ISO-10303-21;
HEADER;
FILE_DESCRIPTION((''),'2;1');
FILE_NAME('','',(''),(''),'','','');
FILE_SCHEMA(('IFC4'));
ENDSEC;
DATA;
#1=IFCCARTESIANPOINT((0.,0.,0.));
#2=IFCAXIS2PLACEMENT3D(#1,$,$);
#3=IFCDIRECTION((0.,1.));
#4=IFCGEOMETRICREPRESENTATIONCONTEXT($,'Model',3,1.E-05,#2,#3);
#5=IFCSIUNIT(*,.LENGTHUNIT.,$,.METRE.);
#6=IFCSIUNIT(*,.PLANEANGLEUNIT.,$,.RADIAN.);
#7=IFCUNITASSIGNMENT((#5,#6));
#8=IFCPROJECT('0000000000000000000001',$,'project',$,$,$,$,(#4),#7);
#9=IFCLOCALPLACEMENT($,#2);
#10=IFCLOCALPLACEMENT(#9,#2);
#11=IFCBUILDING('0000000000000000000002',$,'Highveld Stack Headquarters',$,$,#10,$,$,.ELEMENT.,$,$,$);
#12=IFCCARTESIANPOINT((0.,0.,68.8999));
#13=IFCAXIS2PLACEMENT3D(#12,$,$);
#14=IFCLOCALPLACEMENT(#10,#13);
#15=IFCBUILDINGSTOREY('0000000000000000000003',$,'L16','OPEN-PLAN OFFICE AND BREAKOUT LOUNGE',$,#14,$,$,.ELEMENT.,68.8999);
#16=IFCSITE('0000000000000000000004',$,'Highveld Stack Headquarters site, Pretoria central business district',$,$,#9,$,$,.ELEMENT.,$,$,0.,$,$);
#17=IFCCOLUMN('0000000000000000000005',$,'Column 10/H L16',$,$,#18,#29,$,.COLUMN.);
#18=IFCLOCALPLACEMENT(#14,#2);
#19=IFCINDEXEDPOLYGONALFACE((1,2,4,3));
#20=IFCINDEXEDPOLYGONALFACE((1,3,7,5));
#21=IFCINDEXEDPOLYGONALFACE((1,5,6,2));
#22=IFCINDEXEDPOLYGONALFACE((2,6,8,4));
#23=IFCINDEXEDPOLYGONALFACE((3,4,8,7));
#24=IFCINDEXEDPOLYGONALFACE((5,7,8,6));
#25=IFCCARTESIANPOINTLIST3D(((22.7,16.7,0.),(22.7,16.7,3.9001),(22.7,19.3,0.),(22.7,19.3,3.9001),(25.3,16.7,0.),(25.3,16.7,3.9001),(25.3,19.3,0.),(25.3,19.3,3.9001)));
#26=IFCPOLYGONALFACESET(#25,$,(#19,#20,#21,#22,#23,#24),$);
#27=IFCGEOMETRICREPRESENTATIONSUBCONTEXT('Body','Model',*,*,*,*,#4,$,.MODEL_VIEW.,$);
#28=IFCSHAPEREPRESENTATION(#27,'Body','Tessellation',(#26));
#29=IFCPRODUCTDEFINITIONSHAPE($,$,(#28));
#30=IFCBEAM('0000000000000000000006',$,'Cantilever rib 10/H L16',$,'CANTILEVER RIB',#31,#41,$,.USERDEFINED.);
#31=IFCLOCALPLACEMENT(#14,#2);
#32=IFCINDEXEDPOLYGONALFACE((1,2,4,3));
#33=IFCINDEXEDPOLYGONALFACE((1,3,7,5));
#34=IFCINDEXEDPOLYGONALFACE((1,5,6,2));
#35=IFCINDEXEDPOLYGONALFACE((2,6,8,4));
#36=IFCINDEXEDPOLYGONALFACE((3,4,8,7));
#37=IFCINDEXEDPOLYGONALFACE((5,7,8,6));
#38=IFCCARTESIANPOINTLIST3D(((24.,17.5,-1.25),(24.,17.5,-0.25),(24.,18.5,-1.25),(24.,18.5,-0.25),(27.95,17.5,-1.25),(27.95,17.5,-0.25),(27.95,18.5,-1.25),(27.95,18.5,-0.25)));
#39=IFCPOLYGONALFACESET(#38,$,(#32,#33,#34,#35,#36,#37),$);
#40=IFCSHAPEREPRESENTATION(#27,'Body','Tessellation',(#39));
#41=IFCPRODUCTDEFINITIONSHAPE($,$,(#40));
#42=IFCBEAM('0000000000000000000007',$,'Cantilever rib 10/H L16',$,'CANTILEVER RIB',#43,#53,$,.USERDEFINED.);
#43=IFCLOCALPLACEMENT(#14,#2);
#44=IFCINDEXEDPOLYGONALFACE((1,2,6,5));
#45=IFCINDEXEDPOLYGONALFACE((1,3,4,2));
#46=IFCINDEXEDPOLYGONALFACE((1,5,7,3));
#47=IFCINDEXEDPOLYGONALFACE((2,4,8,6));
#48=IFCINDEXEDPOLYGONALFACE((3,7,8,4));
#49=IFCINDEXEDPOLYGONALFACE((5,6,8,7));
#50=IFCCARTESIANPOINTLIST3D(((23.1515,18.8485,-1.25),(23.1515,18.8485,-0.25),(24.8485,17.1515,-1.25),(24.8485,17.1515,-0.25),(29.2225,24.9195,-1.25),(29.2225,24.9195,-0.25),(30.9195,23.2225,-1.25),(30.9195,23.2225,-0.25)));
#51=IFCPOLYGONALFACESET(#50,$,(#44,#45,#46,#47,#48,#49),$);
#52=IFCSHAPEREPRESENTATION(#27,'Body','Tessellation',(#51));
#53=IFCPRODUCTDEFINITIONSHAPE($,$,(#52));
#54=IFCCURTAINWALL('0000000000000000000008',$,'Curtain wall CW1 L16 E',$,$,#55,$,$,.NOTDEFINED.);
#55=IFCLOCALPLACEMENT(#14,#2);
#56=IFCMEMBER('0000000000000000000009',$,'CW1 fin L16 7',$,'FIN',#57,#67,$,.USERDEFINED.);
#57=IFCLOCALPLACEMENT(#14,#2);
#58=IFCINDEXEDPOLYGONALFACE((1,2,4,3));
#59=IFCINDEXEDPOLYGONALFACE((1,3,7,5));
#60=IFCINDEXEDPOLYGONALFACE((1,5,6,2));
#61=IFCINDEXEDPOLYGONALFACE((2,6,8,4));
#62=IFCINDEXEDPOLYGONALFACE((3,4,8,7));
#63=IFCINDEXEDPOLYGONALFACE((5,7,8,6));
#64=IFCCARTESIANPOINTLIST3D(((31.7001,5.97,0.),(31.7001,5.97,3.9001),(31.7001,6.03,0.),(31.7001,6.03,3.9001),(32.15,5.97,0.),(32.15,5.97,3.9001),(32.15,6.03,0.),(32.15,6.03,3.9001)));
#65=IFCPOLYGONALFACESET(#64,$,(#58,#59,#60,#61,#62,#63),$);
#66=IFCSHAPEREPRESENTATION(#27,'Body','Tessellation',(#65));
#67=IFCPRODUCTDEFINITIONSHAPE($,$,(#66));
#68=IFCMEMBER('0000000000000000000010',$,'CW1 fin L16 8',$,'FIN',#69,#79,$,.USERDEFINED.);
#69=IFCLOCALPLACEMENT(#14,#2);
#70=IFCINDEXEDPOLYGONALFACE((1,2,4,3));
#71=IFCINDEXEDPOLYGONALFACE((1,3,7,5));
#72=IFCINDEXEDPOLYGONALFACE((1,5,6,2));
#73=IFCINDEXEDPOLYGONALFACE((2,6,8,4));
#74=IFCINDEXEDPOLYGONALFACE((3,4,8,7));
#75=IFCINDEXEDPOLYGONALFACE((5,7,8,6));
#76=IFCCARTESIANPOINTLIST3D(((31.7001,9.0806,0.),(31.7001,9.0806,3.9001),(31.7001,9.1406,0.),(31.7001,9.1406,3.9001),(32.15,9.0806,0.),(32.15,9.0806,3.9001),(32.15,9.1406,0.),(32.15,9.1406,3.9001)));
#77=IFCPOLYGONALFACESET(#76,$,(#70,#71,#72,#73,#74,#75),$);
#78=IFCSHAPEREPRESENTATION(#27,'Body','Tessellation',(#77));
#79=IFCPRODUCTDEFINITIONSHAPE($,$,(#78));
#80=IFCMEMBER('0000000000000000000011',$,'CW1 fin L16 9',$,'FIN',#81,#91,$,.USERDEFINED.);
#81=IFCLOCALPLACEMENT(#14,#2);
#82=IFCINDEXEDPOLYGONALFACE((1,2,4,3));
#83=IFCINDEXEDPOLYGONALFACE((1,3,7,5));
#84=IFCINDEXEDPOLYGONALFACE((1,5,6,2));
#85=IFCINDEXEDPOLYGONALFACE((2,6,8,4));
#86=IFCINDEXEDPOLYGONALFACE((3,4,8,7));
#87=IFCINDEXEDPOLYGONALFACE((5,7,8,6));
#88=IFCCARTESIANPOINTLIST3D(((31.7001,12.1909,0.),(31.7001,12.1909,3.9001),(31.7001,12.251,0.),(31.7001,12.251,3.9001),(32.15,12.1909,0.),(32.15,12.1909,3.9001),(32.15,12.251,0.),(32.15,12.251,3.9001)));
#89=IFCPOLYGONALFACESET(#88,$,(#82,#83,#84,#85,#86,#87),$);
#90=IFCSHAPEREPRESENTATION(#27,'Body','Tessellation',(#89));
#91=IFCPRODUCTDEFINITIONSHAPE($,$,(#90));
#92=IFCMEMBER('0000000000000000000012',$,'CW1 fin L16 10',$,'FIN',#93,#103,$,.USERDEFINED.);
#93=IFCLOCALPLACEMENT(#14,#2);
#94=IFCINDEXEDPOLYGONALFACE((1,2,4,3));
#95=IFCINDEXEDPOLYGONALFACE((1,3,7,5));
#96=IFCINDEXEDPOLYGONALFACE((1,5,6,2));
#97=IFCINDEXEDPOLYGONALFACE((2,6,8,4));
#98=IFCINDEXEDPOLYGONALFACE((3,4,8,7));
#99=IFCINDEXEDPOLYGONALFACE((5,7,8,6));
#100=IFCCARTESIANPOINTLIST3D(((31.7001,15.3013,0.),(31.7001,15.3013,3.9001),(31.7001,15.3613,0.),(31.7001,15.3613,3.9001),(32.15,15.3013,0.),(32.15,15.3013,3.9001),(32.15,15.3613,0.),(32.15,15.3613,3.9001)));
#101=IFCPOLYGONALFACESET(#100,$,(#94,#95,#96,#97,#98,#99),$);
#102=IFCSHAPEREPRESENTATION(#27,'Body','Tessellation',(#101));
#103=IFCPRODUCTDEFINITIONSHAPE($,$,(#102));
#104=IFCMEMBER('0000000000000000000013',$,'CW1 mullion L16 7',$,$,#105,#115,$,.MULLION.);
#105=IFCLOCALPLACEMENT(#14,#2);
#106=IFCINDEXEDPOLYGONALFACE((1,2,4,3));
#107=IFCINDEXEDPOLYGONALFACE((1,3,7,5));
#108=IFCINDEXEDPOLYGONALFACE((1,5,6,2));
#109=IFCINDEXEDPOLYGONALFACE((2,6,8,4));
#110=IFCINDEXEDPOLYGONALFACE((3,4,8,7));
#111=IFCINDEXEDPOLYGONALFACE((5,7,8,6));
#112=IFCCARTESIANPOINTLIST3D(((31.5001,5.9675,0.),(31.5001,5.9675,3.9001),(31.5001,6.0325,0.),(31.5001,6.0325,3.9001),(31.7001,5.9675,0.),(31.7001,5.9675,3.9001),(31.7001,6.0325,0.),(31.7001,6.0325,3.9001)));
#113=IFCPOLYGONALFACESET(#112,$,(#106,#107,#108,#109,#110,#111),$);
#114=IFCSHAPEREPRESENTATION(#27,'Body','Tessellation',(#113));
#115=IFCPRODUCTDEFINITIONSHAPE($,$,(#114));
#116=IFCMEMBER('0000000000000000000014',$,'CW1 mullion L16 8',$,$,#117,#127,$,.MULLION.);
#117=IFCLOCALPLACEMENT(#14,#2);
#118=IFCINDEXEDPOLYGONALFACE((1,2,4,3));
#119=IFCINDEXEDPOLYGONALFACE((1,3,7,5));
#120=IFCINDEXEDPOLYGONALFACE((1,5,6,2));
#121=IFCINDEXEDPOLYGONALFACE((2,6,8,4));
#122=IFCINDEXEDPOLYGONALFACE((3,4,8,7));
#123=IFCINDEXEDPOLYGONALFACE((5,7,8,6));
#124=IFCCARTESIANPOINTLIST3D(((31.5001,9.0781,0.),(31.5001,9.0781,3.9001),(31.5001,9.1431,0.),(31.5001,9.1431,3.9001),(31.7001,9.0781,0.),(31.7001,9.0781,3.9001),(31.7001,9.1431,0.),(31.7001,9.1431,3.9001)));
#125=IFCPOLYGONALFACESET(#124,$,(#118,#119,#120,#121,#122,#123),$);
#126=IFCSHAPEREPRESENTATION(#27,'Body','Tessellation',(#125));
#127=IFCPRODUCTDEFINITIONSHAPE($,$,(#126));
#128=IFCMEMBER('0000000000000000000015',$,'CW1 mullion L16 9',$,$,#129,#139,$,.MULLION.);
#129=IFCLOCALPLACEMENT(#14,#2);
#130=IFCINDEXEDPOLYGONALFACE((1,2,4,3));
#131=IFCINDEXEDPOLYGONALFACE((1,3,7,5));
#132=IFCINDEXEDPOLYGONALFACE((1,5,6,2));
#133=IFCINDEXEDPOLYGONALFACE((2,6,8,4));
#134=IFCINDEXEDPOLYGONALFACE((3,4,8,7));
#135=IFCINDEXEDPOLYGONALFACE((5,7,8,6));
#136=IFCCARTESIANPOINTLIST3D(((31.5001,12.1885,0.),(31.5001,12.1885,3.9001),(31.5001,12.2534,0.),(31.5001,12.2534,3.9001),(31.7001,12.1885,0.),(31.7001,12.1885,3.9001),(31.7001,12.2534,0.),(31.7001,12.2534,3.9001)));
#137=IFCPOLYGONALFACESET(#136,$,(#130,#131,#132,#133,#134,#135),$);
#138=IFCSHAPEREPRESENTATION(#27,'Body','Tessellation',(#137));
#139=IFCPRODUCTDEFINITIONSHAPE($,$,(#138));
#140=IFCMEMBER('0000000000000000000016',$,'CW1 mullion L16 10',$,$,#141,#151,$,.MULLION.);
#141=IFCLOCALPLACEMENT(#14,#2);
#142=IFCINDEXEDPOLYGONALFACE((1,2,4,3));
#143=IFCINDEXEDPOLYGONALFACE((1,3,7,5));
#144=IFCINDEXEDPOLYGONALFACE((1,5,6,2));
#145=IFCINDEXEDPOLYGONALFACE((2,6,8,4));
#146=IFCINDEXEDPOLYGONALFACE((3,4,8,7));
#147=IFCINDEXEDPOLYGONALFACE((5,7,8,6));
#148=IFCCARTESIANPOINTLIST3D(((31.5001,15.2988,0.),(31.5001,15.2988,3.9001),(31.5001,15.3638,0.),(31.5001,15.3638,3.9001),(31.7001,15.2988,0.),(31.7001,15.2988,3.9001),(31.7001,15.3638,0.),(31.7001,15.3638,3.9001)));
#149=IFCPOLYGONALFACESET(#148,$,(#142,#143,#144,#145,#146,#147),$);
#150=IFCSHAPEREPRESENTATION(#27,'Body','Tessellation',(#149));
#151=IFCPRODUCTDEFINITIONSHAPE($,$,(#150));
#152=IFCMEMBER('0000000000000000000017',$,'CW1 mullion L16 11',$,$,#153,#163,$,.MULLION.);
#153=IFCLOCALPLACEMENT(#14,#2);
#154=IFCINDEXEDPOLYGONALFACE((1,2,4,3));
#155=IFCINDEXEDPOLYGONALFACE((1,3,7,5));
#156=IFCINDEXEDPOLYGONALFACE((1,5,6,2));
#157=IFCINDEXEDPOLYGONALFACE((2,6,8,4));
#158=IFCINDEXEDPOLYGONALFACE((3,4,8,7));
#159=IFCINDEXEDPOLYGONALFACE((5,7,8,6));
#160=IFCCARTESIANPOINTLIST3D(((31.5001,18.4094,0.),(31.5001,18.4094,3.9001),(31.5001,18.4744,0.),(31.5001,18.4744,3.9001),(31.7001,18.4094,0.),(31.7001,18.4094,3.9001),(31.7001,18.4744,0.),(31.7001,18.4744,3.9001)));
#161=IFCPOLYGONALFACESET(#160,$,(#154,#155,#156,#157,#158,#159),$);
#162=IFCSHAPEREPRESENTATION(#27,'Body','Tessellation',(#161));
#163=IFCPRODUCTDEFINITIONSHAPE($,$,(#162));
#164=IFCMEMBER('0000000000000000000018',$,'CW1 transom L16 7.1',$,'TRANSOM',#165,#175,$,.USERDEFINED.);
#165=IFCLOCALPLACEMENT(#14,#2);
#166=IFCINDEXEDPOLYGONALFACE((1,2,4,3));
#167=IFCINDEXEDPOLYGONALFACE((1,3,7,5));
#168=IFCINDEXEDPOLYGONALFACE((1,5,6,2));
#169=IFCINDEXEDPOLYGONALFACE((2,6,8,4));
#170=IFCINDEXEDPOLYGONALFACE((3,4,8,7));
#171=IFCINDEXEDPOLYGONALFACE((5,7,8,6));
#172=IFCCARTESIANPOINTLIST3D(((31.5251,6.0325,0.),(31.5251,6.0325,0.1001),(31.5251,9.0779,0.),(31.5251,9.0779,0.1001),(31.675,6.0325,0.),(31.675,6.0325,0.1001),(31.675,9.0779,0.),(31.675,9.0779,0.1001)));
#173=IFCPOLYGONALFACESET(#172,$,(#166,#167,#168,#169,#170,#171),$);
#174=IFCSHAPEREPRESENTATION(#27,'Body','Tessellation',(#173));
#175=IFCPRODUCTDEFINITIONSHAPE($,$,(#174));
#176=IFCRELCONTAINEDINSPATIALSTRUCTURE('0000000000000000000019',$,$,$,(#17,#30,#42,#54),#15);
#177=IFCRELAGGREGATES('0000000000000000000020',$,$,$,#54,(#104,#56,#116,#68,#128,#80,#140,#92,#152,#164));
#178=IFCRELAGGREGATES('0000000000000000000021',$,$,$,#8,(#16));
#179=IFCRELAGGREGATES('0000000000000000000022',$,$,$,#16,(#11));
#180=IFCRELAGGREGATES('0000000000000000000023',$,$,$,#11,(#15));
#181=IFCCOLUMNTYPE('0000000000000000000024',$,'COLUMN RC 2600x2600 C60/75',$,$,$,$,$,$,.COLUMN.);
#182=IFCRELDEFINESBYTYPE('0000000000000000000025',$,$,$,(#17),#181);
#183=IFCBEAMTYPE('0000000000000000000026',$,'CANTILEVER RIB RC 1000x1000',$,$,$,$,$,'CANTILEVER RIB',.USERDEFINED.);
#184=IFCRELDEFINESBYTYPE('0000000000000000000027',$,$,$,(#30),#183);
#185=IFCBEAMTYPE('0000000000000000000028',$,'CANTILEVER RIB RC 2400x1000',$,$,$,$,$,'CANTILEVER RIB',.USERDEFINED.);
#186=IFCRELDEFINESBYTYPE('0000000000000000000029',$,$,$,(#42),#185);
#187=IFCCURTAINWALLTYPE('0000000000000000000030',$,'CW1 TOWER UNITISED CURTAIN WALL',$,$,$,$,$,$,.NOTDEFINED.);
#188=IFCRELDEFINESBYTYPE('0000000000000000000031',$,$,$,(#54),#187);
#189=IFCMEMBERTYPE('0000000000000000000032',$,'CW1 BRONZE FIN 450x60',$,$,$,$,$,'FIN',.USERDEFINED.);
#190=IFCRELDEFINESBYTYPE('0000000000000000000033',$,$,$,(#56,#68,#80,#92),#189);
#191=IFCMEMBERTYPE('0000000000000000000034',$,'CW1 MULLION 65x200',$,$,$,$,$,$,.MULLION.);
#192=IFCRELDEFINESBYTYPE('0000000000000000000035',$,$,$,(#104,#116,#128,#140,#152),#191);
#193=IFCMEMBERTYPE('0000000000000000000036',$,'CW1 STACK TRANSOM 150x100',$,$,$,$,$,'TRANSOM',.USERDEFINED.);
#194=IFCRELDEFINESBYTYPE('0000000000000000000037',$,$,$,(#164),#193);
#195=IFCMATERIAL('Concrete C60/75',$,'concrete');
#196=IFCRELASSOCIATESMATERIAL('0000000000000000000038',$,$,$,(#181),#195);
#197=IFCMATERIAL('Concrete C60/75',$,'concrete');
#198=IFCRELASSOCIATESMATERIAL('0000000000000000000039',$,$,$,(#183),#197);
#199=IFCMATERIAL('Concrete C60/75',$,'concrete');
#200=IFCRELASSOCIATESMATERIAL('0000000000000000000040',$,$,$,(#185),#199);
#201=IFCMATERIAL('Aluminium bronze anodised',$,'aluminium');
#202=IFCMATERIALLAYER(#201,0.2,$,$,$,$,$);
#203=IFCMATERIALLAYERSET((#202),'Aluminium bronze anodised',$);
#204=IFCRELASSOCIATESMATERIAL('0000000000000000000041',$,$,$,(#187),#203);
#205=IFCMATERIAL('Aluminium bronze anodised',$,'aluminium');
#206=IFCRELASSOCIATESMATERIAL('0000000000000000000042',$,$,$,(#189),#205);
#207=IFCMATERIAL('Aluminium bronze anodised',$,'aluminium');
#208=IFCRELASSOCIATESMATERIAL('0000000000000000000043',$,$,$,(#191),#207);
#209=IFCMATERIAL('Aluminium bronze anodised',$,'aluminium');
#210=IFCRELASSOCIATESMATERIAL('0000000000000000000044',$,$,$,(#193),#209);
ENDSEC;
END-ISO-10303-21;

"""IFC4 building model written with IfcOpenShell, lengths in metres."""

from ifc_helpers import new_model, si_unit, direction, frame, origin, origin_2d, place, context, subcontext, project, spatial, rectangle, extrude, material, layer, layer_set, material_profile, profile_set, type_object, element, aggregate, save


model = new_model("IFC4")

# Units and contexts
model_context = context("Model", 3, precision=1e-05, world=origin(), true_north=direction((0.0, 1.0)))
body_context = subcontext(model_context, "Body", "Model", "MODEL_VIEW")
ifc_project = project(units=[si_unit("LENGTHUNIT", "METRE"), si_unit("PLANEANGLEUNIT", "RADIAN")], contexts=[model_context])

# Site, building, storey
site_placement = place(None, origin())
site = spatial("IfcSite", under=ifc_project, at=site_placement, Name="Highveld Stack Headquarters site, Pretoria central business district", CompositionType="ELEMENT", RefElevation=0.0)
building_placement = place(site_placement, origin())
building = spatial("IfcBuilding", under=site, at=building_placement, Name="Highveld Stack Headquarters", CompositionType="ELEMENT")
storey_placement = place(building_placement, frame((0.0, 0.0, 68.8999)))
storey = spatial("IfcBuildingStorey", under=building, at=storey_placement, Name="L16", Description="OPEN-PLAN OFFICE AND BREAKOUT LOUNGE", CompositionType="ELEMENT", Elevation=68.8999)

# Column
ifc_material_1 = material(Name="Concrete C60/75", Category="concrete")
ifc_material_profile_1 = material_profile(ifc_material_1, rectangle(XDim=2.6001, YDim=2.6001, at=origin_2d()), Name="RC 2600x2600")
ifc_profile_set_1 = profile_set([ifc_material_profile_1], Name="Concrete C60/75")
column_type = type_object("IfcColumnType", Name="COLUMN RC 2600x2600 C60/75", PredefinedType="COLUMN", material=ifc_profile_set_1)
column_placement = place(storey_placement, frame((24.0, 18.0, 0.0), z_axis=(0.0, 0.0, 1.0), x_axis=(1.0, 0.0, 0.0)))
element("IfcColumn", 1, at=column_placement, inside=storey, type_object=column_type, Name="Column 10/H L16", PredefinedType="COLUMN", context=body_context, shape_type="SweptSolid", body=[
    extrude(rectangle(XDim=2.6001, YDim=2.6001, at=origin_2d()), origin(), (0.0, 0.0, 1.0), 3.9001),
])

# Beams
ifc_material_2 = material(Name="Concrete C60/75", Category="concrete")
ifc_material_profile_2 = material_profile(ifc_material_2, rectangle(XDim=1.0, YDim=1.0, at=origin_2d()), Name="RC 1000x1000")
ifc_profile_set_2 = profile_set([ifc_material_profile_2], Name="Concrete C60/75")
beam_type_1 = type_object("IfcBeamType", Name="CANTILEVER RIB RC 1000x1000", ElementType="CANTILEVER RIB", PredefinedType="USERDEFINED", material=ifc_profile_set_2)
beam_1_placement = place(storey_placement, frame((24.0, 18.0, -0.75), z_axis=(1.0, 0.0, 0.0), x_axis=(0.0, 1.0, 0.0)))
element("IfcBeam", 2, at=beam_1_placement, inside=storey, type_object=beam_type_1, Name="Cantilever rib 10/H L16", ObjectType="CANTILEVER RIB", PredefinedType="USERDEFINED", context=body_context, shape_type="SweptSolid", body=[
    extrude(rectangle(XDim=1.0, YDim=1.0, at=origin_2d()), origin(), (0.0, 0.0, 1.0), 3.95),
])
ifc_material_3 = material(Name="Concrete C60/75", Category="concrete")
ifc_material_profile_3 = material_profile(ifc_material_3, rectangle(XDim=2.3999, YDim=1.0, at=origin_2d()), Name="RC 2400x1000")
ifc_profile_set_3 = profile_set([ifc_material_profile_3], Name="Concrete C60/75")
beam_type_2 = type_object("IfcBeamType", Name="CANTILEVER RIB RC 2400x1000", ElementType="CANTILEVER RIB", PredefinedType="USERDEFINED", material=ifc_profile_set_3)
beam_2_placement = place(storey_placement, frame((24.0, 18.0, -0.75), z_axis=(0.707107, 0.707107, 0.0), x_axis=(-0.707107, 0.707107, 0.0)))
element("IfcBeam", 3, at=beam_2_placement, inside=storey, type_object=beam_type_2, Name="Cantilever rib 10/H L16", ObjectType="CANTILEVER RIB", PredefinedType="USERDEFINED", context=body_context, shape_type="SweptSolid", body=[
    extrude(rectangle(XDim=2.3999, YDim=1.0, at=origin_2d()), origin(), (0.0, 0.0, 1.0), 8.5857),
])

# Curtain wall, members
ifc_material_4 = material(Name="Aluminium bronze anodised", Category="aluminium")
ifc_layer_1 = layer(ifc_material_4, 0.2)
ifc_layer_set_1 = layer_set([ifc_layer_1], Name="Aluminium bronze anodised")
curtain_wall_type = type_object("IfcCurtainWallType", Name="CW1 TOWER UNITISED CURTAIN WALL", PredefinedType="NOTDEFINED", material=ifc_layer_set_1)
curtain_wall_placement = place(storey_placement, origin())
curtain_wall = element("IfcCurtainWall", 4, at=curtain_wall_placement, inside=storey, type_object=curtain_wall_type, Name="Curtain wall CW1 L16 E", PredefinedType="NOTDEFINED")
ifc_material_5 = material(Name="Aluminium bronze anodised", Category="aluminium")
ifc_material_profile_4 = material_profile(ifc_material_5, rectangle(XDim=0.45, YDim=0.0601, at=origin_2d()), Name="FIN 450x60")
ifc_profile_set_4 = profile_set([ifc_material_profile_4], Name="Aluminium bronze anodised")
member_type_1 = type_object("IfcMemberType", Name="CW1 BRONZE FIN 450x60", ElementType="FIN", PredefinedType="USERDEFINED", material=ifc_profile_set_4)
member_1_placement = place(storey_placement, frame((31.925, 6.0, 0.0), z_axis=(0.0, 0.0, 1.0), x_axis=(-1.0, 0.0, 0.0)))
member_1 = element("IfcMember", 5, at=member_1_placement, type_object=member_type_1, Name="CW1 fin L16 7", ObjectType="FIN", PredefinedType="USERDEFINED", context=body_context, shape_type="SweptSolid", body=[
    extrude(rectangle(XDim=0.45, YDim=0.0601, at=origin_2d()), origin(), (0.0, 0.0, 1.0), 3.9001),
])
member_2_placement = place(storey_placement, frame((31.925, 9.1106, 0.0), z_axis=(0.0, 0.0, 1.0), x_axis=(-1.0, 0.0, 0.0)))
member_2 = element("IfcMember", 6, at=member_2_placement, type_object=member_type_1, Name="CW1 fin L16 8", ObjectType="FIN", PredefinedType="USERDEFINED", context=body_context, shape_type="SweptSolid", body=[
    extrude(rectangle(XDim=0.45, YDim=0.0601, at=origin_2d()), origin(), (0.0, 0.0, 1.0), 3.9001),
])
member_3_placement = place(storey_placement, frame((31.925, 12.2209, 0.0), z_axis=(0.0, 0.0, 1.0), x_axis=(-1.0, 0.0, 0.0)))
member_3 = element("IfcMember", 7, at=member_3_placement, type_object=member_type_1, Name="CW1 fin L16 9", ObjectType="FIN", PredefinedType="USERDEFINED", context=body_context, shape_type="SweptSolid", body=[
    extrude(rectangle(XDim=0.45, YDim=0.0601, at=origin_2d()), origin(), (0.0, 0.0, 1.0), 3.9001),
])
member_4_placement = place(storey_placement, frame((31.925, 15.3313, 0.0), z_axis=(0.0, 0.0, 1.0), x_axis=(-1.0, 0.0, 0.0)))
member_4 = element("IfcMember", 8, at=member_4_placement, type_object=member_type_1, Name="CW1 fin L16 10", ObjectType="FIN", PredefinedType="USERDEFINED", context=body_context, shape_type="SweptSolid", body=[
    extrude(rectangle(XDim=0.45, YDim=0.0601, at=origin_2d()), origin(), (0.0, 0.0, 1.0), 3.9001),
])
ifc_material_6 = material(Name="Aluminium bronze anodised", Category="aluminium")
ifc_material_profile_5 = material_profile(ifc_material_6, rectangle(XDim=0.2, YDim=0.0649, at=origin_2d()), Name="CW1 MULLION 65x200")
ifc_profile_set_5 = profile_set([ifc_material_profile_5], Name="Aluminium bronze anodised")
member_type_2 = type_object("IfcMemberType", Name="CW1 MULLION 65x200", PredefinedType="MULLION", material=ifc_profile_set_5)
member_5_placement = place(storey_placement, frame((31.6001, 6.0, 0.0), z_axis=(0.0, 0.0, 1.0), x_axis=(-1.0, 0.0, 0.0)))
member_5 = element("IfcMember", 9, at=member_5_placement, type_object=member_type_2, Name="CW1 mullion L16 7", PredefinedType="MULLION", context=body_context, shape_type="SweptSolid", body=[
    extrude(rectangle(XDim=0.2, YDim=0.0649, at=origin_2d()), origin(), (0.0, 0.0, 1.0), 3.9001),
])
member_6_placement = place(storey_placement, frame((31.6001, 9.1106, 0.0), z_axis=(0.0, 0.0, 1.0), x_axis=(-1.0, 0.0, 0.0)))
member_6 = element("IfcMember", 10, at=member_6_placement, type_object=member_type_2, Name="CW1 mullion L16 8", PredefinedType="MULLION", context=body_context, shape_type="SweptSolid", body=[
    extrude(rectangle(XDim=0.2, YDim=0.0649, at=origin_2d()), origin(), (0.0, 0.0, 1.0), 3.9001),
])
member_7_placement = place(storey_placement, frame((31.6001, 12.2209, 0.0), z_axis=(0.0, 0.0, 1.0), x_axis=(-1.0, 0.0, 0.0)))
member_7 = element("IfcMember", 11, at=member_7_placement, type_object=member_type_2, Name="CW1 mullion L16 9", PredefinedType="MULLION", context=body_context, shape_type="SweptSolid", body=[
    extrude(rectangle(XDim=0.2, YDim=0.0649, at=origin_2d()), origin(), (0.0, 0.0, 1.0), 3.9001),
])
member_8_placement = place(storey_placement, frame((31.6001, 15.3313, 0.0), z_axis=(0.0, 0.0, 1.0), x_axis=(-1.0, 0.0, 0.0)))
member_8 = element("IfcMember", 12, at=member_8_placement, type_object=member_type_2, Name="CW1 mullion L16 10", PredefinedType="MULLION", context=body_context, shape_type="SweptSolid", body=[
    extrude(rectangle(XDim=0.2, YDim=0.0649, at=origin_2d()), origin(), (0.0, 0.0, 1.0), 3.9001),
])
member_9_placement = place(storey_placement, frame((31.6001, 18.4419, 0.0), z_axis=(0.0, 0.0, 1.0), x_axis=(-1.0, 0.0, 0.0)))
member_9 = element("IfcMember", 13, at=member_9_placement, type_object=member_type_2, Name="CW1 mullion L16 11", PredefinedType="MULLION", context=body_context, shape_type="SweptSolid", body=[
    extrude(rectangle(XDim=0.2, YDim=0.0649, at=origin_2d()), origin(), (0.0, 0.0, 1.0), 3.9001),
])
ifc_material_7 = material(Name="Aluminium bronze anodised", Category="aluminium")
ifc_material_profile_6 = material_profile(ifc_material_7, rectangle(XDim=0.1499, YDim=0.1001, at=origin_2d()), Name="CW1 TRANSOM 150x100")
ifc_profile_set_6 = profile_set([ifc_material_profile_6], Name="Aluminium bronze anodised")
member_type_3 = type_object("IfcMemberType", Name="CW1 STACK TRANSOM 150x100", ElementType="TRANSOM", PredefinedType="USERDEFINED", material=ifc_profile_set_6)
member_10_placement = place(storey_placement, frame((31.6001, 6.0325, 0.05), z_axis=(0.0, 1.0, 0.0), x_axis=(-1.0, 0.0, 0.0)))
member_10 = element("IfcMember", 14, at=member_10_placement, type_object=member_type_3, Name="CW1 transom L16 7.1", ObjectType="TRANSOM", PredefinedType="USERDEFINED", context=body_context, shape_type="SweptSolid", body=[
    extrude(rectangle(XDim=0.1499, YDim=0.1001, at=origin_2d()), origin(), (0.0, 0.0, 1.0), 3.0454),
])

aggregate(curtain_wall, [member_5, member_1, member_6, member_2, member_7, member_3, member_8, member_4, member_9, member_10])

save(model, "model.ifc")
